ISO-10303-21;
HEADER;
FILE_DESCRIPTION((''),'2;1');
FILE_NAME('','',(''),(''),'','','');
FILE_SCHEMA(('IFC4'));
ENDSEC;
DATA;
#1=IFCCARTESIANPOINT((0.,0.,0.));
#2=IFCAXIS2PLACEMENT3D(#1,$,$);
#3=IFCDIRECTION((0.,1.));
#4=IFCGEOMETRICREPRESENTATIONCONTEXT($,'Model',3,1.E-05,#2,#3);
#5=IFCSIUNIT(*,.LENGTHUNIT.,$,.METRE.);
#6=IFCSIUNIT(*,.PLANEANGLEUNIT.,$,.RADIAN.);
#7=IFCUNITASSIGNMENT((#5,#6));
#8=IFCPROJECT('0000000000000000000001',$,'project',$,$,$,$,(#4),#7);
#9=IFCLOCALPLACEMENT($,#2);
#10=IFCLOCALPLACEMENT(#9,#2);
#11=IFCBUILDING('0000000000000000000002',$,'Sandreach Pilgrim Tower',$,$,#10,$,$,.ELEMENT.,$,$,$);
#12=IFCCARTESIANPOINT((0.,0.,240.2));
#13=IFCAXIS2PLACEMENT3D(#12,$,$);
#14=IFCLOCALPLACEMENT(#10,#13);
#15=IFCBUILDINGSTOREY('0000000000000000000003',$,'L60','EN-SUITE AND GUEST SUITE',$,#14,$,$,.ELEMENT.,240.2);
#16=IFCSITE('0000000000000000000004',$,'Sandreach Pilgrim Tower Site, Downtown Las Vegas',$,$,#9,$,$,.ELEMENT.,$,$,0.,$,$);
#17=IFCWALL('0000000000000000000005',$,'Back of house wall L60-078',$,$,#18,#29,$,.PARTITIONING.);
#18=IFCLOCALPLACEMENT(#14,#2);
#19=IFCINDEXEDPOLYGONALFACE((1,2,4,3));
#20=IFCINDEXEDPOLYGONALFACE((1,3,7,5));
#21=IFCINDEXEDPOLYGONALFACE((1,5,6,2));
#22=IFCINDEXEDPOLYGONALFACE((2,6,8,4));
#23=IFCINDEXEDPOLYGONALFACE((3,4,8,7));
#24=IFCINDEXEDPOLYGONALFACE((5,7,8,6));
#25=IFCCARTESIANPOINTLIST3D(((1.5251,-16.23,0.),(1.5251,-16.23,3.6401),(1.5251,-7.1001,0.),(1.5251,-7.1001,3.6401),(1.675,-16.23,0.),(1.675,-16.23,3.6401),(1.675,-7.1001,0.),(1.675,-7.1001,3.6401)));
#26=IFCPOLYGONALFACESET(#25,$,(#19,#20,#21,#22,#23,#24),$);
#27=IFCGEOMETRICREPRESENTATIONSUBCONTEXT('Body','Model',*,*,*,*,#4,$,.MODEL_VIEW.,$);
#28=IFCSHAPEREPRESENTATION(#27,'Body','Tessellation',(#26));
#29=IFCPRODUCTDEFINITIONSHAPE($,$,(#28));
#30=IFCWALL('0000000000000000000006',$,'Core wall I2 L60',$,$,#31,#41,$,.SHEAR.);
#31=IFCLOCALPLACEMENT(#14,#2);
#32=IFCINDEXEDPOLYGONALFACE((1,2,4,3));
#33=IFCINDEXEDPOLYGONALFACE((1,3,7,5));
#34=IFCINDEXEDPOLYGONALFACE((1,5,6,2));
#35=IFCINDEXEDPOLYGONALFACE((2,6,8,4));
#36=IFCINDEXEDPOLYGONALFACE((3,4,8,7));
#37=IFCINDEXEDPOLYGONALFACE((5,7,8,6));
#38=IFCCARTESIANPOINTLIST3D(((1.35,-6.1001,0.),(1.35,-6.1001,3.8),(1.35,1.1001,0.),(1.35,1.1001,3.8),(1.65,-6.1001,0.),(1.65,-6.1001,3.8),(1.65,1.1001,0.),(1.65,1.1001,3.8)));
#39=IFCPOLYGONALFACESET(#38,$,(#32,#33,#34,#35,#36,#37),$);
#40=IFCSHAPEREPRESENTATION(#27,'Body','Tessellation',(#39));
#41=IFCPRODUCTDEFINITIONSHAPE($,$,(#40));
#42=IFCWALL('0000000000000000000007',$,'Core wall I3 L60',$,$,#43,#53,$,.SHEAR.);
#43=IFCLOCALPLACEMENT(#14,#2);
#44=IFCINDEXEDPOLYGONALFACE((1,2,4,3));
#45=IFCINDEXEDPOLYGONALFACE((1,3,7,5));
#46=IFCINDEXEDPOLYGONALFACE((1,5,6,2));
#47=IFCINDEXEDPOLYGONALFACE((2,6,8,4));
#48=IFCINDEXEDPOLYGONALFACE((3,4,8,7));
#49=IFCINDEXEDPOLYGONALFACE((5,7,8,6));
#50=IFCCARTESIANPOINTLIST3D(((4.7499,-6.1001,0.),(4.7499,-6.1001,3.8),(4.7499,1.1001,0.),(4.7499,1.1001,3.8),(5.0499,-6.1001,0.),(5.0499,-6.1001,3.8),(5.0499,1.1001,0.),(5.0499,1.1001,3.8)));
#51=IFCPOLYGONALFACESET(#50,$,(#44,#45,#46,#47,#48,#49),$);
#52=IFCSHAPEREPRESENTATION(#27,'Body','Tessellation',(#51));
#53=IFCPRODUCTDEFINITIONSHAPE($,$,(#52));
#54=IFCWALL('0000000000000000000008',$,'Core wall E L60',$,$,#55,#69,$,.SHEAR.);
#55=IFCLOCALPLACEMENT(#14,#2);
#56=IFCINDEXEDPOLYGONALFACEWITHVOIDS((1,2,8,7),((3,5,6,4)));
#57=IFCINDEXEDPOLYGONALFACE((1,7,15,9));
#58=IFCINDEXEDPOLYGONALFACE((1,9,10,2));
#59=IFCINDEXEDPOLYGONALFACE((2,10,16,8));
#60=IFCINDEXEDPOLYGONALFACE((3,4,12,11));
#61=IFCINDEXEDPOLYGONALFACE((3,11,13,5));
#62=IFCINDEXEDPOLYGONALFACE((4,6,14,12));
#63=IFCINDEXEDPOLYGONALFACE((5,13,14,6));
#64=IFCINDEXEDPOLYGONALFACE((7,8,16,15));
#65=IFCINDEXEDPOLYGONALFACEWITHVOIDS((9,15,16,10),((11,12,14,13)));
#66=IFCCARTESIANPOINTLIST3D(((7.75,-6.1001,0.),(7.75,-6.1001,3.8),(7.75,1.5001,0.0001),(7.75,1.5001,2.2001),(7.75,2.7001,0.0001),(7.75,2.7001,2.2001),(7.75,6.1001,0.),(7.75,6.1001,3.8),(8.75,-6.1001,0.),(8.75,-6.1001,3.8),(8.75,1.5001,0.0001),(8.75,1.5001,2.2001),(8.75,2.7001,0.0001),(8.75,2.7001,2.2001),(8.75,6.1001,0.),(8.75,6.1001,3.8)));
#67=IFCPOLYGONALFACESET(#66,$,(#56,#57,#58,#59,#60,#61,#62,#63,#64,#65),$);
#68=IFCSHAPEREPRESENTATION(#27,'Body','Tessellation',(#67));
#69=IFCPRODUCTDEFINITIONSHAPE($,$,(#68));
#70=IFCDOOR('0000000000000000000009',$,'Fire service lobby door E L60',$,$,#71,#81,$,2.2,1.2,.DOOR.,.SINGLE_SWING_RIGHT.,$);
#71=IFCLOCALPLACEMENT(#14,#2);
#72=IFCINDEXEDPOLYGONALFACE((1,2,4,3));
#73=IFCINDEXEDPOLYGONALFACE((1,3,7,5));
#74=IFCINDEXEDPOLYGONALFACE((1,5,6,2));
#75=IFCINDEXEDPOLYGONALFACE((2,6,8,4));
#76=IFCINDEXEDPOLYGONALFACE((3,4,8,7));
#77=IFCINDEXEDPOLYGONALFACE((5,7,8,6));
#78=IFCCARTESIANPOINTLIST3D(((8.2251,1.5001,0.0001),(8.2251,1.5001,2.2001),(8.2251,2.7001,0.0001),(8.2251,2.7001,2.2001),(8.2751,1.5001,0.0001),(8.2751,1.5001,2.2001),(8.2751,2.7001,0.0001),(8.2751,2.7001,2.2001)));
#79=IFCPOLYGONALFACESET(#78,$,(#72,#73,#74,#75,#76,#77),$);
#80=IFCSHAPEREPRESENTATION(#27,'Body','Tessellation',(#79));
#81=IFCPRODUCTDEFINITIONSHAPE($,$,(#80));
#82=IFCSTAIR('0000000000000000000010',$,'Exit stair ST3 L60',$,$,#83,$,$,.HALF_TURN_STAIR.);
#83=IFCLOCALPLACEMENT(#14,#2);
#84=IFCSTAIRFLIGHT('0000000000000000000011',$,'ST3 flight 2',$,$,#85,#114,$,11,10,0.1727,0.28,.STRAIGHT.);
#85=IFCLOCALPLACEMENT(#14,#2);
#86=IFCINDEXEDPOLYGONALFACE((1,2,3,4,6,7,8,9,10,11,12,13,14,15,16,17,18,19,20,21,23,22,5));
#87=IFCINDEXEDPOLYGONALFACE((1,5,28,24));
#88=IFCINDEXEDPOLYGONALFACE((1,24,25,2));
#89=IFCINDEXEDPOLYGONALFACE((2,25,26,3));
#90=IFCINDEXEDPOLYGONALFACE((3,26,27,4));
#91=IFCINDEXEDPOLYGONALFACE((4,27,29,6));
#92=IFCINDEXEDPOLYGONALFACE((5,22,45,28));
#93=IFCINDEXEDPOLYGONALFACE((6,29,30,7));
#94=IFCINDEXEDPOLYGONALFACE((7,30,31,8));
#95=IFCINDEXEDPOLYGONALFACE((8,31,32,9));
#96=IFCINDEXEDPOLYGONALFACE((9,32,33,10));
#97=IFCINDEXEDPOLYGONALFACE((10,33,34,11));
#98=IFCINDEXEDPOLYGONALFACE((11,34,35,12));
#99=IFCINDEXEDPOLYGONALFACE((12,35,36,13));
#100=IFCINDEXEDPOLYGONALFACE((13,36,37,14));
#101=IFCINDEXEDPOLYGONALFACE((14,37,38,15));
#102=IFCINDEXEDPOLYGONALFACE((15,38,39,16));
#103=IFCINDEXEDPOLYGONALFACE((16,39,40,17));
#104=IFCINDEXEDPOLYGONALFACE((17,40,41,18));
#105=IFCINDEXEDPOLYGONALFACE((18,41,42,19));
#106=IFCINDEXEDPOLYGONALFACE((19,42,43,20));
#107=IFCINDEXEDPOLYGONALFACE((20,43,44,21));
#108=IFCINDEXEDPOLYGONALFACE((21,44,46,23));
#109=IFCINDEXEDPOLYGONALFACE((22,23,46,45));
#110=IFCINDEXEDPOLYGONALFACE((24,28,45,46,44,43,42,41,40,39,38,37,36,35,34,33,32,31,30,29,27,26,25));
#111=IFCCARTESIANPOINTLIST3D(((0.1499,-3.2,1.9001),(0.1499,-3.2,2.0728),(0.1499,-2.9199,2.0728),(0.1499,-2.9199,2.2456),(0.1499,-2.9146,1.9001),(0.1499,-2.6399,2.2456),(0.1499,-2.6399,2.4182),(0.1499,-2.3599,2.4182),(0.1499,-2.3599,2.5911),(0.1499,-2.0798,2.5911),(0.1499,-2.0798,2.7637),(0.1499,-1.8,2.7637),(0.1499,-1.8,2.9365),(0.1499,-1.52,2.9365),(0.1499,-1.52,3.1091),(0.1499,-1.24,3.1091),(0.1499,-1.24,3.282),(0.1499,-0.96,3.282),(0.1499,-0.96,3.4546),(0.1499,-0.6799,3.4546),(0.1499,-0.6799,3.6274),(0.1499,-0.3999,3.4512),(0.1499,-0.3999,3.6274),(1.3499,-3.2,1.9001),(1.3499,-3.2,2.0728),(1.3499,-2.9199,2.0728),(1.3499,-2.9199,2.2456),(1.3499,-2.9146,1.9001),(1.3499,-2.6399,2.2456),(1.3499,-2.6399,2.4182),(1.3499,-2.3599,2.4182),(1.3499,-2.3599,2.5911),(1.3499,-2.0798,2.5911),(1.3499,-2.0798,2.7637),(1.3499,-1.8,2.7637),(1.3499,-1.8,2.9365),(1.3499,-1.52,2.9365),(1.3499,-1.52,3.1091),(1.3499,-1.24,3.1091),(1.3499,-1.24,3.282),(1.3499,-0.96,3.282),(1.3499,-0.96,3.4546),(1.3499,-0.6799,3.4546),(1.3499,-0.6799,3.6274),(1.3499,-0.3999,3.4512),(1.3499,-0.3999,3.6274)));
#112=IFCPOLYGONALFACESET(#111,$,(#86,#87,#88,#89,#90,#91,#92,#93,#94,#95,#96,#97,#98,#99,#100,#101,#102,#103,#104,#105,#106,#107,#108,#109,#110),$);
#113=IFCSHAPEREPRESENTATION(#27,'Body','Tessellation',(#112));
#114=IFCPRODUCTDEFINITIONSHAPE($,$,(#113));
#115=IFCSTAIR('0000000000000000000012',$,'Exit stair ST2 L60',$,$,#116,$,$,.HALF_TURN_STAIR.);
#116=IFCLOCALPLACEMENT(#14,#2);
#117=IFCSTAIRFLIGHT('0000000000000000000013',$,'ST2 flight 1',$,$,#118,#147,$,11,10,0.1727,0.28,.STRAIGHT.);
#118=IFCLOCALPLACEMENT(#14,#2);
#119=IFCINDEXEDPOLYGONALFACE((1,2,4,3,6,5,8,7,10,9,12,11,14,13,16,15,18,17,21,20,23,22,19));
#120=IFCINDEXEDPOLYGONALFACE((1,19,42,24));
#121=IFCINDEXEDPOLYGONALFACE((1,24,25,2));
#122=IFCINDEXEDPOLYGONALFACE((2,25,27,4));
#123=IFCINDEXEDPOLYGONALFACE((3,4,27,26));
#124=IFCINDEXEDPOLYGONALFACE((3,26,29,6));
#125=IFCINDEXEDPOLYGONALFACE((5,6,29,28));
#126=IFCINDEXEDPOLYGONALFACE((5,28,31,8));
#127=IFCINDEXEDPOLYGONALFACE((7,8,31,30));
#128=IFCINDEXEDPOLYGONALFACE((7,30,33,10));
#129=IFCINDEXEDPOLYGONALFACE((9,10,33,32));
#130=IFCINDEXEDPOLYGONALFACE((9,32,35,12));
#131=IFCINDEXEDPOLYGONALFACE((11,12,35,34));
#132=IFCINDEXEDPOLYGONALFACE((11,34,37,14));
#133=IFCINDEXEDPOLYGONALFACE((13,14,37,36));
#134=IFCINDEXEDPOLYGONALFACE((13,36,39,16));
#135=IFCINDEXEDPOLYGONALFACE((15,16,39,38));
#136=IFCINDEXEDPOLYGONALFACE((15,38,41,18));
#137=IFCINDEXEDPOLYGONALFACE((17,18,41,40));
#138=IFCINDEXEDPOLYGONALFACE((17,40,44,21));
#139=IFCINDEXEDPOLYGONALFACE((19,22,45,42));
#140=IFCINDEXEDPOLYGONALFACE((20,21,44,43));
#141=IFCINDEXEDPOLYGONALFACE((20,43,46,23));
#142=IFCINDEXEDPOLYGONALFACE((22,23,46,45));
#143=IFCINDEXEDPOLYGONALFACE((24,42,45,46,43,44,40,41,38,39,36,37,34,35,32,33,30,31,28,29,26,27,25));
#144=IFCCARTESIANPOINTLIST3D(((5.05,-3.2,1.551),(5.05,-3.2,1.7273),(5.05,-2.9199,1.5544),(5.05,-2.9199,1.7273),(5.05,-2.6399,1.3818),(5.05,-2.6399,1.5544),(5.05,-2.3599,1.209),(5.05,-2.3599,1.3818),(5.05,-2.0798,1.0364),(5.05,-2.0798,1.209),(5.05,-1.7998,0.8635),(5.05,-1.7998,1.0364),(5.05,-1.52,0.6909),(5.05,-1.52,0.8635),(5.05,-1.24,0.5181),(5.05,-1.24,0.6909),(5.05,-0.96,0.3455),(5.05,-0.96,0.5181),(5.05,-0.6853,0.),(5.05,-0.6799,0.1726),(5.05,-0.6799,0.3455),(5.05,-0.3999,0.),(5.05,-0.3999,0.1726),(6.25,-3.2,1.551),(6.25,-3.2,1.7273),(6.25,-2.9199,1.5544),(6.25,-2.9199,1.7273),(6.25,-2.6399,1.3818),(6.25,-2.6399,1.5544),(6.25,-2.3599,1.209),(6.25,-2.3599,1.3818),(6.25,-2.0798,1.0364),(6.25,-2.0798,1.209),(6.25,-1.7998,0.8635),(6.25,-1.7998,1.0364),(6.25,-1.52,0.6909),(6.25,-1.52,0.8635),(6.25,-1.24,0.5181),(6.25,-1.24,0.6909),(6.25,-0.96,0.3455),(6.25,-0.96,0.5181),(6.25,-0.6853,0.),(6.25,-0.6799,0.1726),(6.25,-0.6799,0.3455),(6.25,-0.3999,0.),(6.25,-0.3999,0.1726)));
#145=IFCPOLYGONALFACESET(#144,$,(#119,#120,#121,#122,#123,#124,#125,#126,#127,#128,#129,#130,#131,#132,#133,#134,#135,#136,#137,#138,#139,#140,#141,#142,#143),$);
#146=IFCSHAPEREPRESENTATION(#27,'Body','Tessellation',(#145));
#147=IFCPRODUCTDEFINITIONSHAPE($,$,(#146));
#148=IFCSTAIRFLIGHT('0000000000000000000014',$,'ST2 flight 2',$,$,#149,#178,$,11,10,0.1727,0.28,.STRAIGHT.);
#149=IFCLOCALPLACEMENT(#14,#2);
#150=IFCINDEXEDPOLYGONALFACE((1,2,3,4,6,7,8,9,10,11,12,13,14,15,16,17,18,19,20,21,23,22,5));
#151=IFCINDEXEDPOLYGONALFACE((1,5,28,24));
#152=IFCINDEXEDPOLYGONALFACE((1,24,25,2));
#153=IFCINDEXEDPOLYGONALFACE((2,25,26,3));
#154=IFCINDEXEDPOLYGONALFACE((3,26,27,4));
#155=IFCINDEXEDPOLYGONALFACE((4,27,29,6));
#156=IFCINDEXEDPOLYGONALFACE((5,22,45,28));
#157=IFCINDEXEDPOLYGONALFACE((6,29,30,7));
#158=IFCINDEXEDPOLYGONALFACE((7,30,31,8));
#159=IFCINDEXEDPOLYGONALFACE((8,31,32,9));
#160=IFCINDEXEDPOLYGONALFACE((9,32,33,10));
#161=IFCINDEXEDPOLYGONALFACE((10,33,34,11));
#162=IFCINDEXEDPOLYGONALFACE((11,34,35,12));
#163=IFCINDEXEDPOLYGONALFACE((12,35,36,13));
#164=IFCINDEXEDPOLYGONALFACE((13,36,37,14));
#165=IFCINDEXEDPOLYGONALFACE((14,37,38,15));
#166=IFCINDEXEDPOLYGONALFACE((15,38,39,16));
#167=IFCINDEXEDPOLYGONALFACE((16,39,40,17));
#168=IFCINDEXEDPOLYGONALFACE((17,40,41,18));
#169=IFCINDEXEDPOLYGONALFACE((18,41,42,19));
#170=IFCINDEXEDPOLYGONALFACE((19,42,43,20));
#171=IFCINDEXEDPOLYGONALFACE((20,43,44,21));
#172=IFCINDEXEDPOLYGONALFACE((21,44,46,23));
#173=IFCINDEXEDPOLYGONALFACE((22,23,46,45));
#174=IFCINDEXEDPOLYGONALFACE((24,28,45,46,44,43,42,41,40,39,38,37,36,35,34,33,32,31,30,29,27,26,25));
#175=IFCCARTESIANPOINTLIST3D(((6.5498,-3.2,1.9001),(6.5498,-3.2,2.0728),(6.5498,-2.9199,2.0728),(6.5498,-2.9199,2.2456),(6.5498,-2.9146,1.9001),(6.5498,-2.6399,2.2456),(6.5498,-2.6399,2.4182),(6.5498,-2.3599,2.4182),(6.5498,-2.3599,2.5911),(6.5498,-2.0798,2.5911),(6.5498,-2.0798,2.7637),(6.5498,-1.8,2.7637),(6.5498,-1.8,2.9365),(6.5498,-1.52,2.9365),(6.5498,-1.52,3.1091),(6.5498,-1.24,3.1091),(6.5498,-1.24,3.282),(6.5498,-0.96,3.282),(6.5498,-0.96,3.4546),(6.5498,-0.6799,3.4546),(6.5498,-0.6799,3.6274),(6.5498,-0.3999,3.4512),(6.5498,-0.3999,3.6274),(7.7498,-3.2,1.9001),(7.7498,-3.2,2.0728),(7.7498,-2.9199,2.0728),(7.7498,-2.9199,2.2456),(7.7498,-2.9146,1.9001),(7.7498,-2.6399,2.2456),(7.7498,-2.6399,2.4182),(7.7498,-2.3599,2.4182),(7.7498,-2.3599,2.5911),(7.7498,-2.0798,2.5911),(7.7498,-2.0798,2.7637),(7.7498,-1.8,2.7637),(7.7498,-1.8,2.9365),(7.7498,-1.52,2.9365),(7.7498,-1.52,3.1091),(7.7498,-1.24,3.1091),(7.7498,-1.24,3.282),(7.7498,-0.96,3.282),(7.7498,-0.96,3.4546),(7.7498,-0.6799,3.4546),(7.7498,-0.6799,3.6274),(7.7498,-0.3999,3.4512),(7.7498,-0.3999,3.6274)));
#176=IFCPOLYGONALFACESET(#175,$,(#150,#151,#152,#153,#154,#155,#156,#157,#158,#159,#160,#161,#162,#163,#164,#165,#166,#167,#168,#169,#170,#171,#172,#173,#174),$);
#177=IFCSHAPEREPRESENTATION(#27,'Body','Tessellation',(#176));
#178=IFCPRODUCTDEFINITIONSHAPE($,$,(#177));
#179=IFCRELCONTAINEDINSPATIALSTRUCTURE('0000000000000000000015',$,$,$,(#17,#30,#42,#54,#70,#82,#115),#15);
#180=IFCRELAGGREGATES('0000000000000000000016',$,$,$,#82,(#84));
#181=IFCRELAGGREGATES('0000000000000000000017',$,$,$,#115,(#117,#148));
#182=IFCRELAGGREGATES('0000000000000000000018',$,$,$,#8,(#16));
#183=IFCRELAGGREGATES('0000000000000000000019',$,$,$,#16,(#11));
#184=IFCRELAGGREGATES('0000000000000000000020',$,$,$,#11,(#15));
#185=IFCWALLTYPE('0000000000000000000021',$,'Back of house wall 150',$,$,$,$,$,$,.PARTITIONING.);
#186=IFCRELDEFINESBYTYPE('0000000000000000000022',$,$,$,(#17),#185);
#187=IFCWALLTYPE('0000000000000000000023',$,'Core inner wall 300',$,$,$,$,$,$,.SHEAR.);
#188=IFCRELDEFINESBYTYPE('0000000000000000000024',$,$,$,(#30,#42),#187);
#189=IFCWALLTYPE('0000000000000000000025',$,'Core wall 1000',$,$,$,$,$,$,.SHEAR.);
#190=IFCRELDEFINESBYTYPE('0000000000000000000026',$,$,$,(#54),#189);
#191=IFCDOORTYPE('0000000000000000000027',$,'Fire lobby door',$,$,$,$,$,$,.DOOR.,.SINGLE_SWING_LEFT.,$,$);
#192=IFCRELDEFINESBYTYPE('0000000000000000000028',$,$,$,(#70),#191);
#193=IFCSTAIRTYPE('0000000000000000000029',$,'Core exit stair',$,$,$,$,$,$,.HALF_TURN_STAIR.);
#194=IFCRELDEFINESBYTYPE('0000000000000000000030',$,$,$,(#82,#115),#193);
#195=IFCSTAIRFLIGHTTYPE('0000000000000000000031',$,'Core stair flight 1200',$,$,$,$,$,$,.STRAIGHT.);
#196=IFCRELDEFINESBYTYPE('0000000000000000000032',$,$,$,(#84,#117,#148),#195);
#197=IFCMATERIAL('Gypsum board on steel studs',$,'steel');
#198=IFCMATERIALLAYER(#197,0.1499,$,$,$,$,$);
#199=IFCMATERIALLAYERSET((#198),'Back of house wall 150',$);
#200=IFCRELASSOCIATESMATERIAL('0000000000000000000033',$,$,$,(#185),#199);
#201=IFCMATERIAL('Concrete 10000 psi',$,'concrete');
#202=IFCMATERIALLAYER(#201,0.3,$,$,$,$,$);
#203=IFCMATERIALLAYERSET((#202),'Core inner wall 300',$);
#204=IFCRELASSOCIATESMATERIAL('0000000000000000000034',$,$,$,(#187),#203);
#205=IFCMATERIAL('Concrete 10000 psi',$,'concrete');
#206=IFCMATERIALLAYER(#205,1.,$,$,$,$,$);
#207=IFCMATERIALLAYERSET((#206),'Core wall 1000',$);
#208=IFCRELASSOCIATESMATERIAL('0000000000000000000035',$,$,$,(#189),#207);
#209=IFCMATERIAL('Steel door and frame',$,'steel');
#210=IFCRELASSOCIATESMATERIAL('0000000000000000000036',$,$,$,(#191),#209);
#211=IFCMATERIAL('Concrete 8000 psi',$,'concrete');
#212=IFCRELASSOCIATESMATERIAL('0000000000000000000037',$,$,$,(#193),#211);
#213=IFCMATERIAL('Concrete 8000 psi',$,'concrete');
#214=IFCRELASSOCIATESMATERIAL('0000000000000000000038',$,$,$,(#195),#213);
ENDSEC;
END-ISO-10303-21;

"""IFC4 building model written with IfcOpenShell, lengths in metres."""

from ifc_helpers import new_model, si_unit, direction, frame, frame_2d, origin, place, context, subcontext, project, spatial, polyline, rectangle, outline, extrude, material, layer, layer_set, type_object, element, fill, aggregate, save


model = new_model("IFC4")

# Units and contexts
model_context = context("Model", 3, precision=1e-05, world=origin(), true_north=direction((0.0, 1.0)))
body_context = subcontext(model_context, "Body", "Model", "MODEL_VIEW")
ifc_project = project(units=[si_unit("LENGTHUNIT", "METRE"), si_unit("PLANEANGLEUNIT", "RADIAN")], contexts=[model_context])

# Site, building, storey
site_placement = place(None, origin())
site = spatial("IfcSite", under=ifc_project, at=site_placement, Name="Sandreach Pilgrim Tower Site, Downtown Las Vegas", CompositionType="ELEMENT", RefElevation=0.0)
building_placement = place(site_placement, origin())
building = spatial("IfcBuilding", under=site, at=building_placement, Name="Sandreach Pilgrim Tower", CompositionType="ELEMENT")
storey_placement = place(building_placement, frame((0.0, 0.0, 240.2)))
storey = spatial("IfcBuildingStorey", under=building, at=storey_placement, Name="L60", Description="EN-SUITE AND GUEST SUITE", CompositionType="ELEMENT", Elevation=240.2)

# Walls
ifc_material_1 = material(Name="Gypsum board on steel studs", Category="steel")
ifc_layer_1 = layer(ifc_material_1, 0.1499)
ifc_layer_set_1 = layer_set([ifc_layer_1], Name="Back of house wall 150")
wall_type_1 = type_object("IfcWallType", Name="Back of house wall 150", PredefinedType="PARTITIONING", material=ifc_layer_set_1)
wall_1_placement = place(storey_placement, frame((1.6001, -7.1001, 0.0), z_axis=(0.0, 0.0, 1.0), x_axis=(0.0, -1.0, 0.0)))
element("IfcWall", 1, at=wall_1_placement, inside=storey, type_object=wall_type_1, Name="Back of house wall L60-078", PredefinedType="PARTITIONING", context=body_context, shape_type="SweptSolid", body=[
    extrude(rectangle(XDim=9.1299, YDim=0.1499, at=frame_2d((4.5649, 0.0))), origin(), (0.0, 0.0, 1.0), 3.6401),
])
ifc_material_2 = material(Name="Concrete 10000 psi", Category="concrete")
ifc_layer_2 = layer(ifc_material_2, 0.3)
ifc_layer_set_2 = layer_set([ifc_layer_2], Name="Core inner wall 300")
wall_type_2 = type_object("IfcWallType", Name="Core inner wall 300", PredefinedType="SHEAR", material=ifc_layer_set_2)
for number, where, z_axis, x_axis, name in (
    (2, (1.5, -6.1001, 0.0), (0.0, 0.0, 1.0), (0.0, 1.0, 0.0), "Core wall I2 L60"),
    (3, (4.8999, -6.1001, 0.0), (0.0, 0.0, 1.0), (0.0, 1.0, 0.0), "Core wall I3 L60"),
):
    element("IfcWall", number, at=place(storey_placement, frame(where, z_axis=z_axis, x_axis=x_axis)), inside=storey, type_object=wall_type_2, Name=name, PredefinedType="SHEAR", context=body_context, shape_type="SweptSolid", body=[
        extrude(rectangle(XDim=7.2002, YDim=0.3, at=frame_2d((3.6001, 0.0))), origin(), (0.0, 0.0, 1.0), 3.8),
    ])

# Wall, opening, door
ifc_material_3 = material(Name="Concrete 10000 psi", Category="concrete")
ifc_layer_3 = layer(ifc_material_3, 1.0)
ifc_layer_set_3 = layer_set([ifc_layer_3], Name="Core wall 1000")
wall_type_3 = type_object("IfcWallType", Name="Core wall 1000", PredefinedType="SHEAR", material=ifc_layer_set_3)
wall_2_placement = place(storey_placement, frame((8.25, -6.1001, 0.0), z_axis=(0.0, 0.0, 1.0), x_axis=(0.0, 1.0, 0.0)))
wall_2 = element("IfcWall", 4, at=wall_2_placement, inside=storey, type_object=wall_type_3, Name="Core wall E L60", PredefinedType="SHEAR", context=body_context, shape_type="SweptSolid", body=[
    extrude(rectangle(XDim=12.2002, YDim=1.0, at=frame_2d((6.1001, 0.0))), origin(), (0.0, 0.0, 1.0), 3.8),
])
opening_1_placement = place(wall_2_placement, frame((7.6001, 0.0, 0.0)))
opening_1 = element("IfcOpeningElement", 5, at=opening_1_placement, cuts=wall_2, PredefinedType="OPENING", context=body_context, shape_type="SweptSolid", body=[
    extrude(rectangle(XDim=1.2, YDim=2.2, at=frame_2d((0.6001, 1.1001))), frame((0.0, 0.5, 0.0), z_axis=(0.0, -1.0, 0.0), x_axis=(1.0, 0.0, 0.0)), (0.0, 0.0, 1.0), 1.0),
])
ifc_material_4 = material(Name="Steel door and frame", Category="steel")
door_type_1 = type_object("IfcDoorType", Name="Fire lobby door", OperationType="SINGLE_SWING_LEFT", PredefinedType="DOOR", material=ifc_material_4)
door_1_placement = place(opening_1_placement, origin())
door_1 = element("IfcDoor", 6, at=door_1_placement, inside=storey, type_object=door_type_1, Name="Fire service lobby door E L60", OperationType="SINGLE_SWING_RIGHT", OverallHeight=2.2, OverallWidth=1.2, PredefinedType="DOOR", context=body_context, shape_type="SweptSolid", body=[
    extrude(rectangle(XDim=1.2, YDim=2.2, at=frame_2d((0.6001, 1.1001))), frame((0.0, 0.0249, 0.0), z_axis=(0.0, -1.0, 0.0), x_axis=(1.0, 0.0, 0.0)), (0.0, 0.0, 1.0), 0.05),
])
fill(opening_1, door_1)

# Stair, stair flight
ifc_material_5 = material(Name="Concrete 8000 psi", Category="concrete")
stair_type = type_object("IfcStairType", Name="Core exit stair", PredefinedType="HALF_TURN_STAIR", material=ifc_material_5)
stair_1_placement = place(storey_placement, origin())
stair_1 = element("IfcStair", 7, at=stair_1_placement, inside=storey, type_object=stair_type, Name="Exit stair ST3 L60", PredefinedType="HALF_TURN_STAIR")
ifc_material_6 = material(Name="Concrete 8000 psi", Category="concrete")
stair_flight_type = type_object("IfcStairFlightType", Name="Core stair flight 1200", PredefinedType="STRAIGHT", material=ifc_material_6)
stair_flight_1_placement = place(storey_placement, frame((0.75, -3.2, 1.9001), z_axis=(0.0, 0.0, 1.0), x_axis=(0.0, 1.0, 0.0)))
stair_flight_1 = element("IfcStairFlight", 8, at=stair_flight_1_placement, type_object=stair_flight_type, Name="ST3 flight 2", NumberOfRisers=11, NumberOfTreads=10, PredefinedType="STRAIGHT", RiserHeight=0.1727, TreadLength=0.28, context=body_context, shape_type="SweptSolid", body=[
    extrude(outline(polyline([(0.0, 0.0), (0.0, 0.1726), (0.28, 0.1726), (0.28, 0.3455), (0.5601, 0.3455), (0.5601, 0.5181), (0.8401, 0.5181), (0.8401, 0.6909), (1.1201, 0.6909), (1.1201, 0.8635), (1.3999, 0.8635), (1.3999, 1.0364), (1.6799, 1.0364), (1.6799, 1.209), (1.96, 1.209), (1.96, 1.3818), (2.24, 1.3818), (2.24, 1.5544), (2.52, 1.5544), (2.52, 1.7273), (2.8, 1.7273), (2.8, 1.8999), (2.8, 1.551), (0.2854, 0.0), (0.0, 0.0)])), frame((0.0, 0.6001, 0.0), z_axis=(0.0, -1.0, 0.0), x_axis=(1.0, 0.0, 0.0)), (0.0, 0.0, 1.0), 1.2),
])
aggregate(stair_1, [stair_flight_1])

# Stair, stair flights
stair_2_placement = place(storey_placement, origin())
stair_2 = element("IfcStair", 9, at=stair_2_placement, inside=storey, type_object=stair_type, Name="Exit stair ST2 L60", PredefinedType="HALF_TURN_STAIR")
stair_flight_2_placement = place(storey_placement, frame((5.6499, -0.3999, 0.0), z_axis=(0.0, 0.0, 1.0), x_axis=(0.0, -1.0, 0.0)))
stair_flight_2 = element("IfcStairFlight", 10, at=stair_flight_2_placement, type_object=stair_flight_type, Name="ST2 flight 1", NumberOfRisers=11, NumberOfTreads=10, PredefinedType="STRAIGHT", RiserHeight=0.1727, TreadLength=0.28, context=body_context, shape_type="SweptSolid", body=[
    extrude(outline(polyline([(0.0, 0.0), (0.0, 0.1726), (0.28, 0.1726), (0.28, 0.3455), (0.5601, 0.3455), (0.5601, 0.5181), (0.8401, 0.5181), (0.8401, 0.6909), (1.1201, 0.6909), (1.1201, 0.8635), (1.3999, 0.8635), (1.3999, 1.0364), (1.6799, 1.0364), (1.6799, 1.209), (1.96, 1.209), (1.96, 1.3818), (2.24, 1.3818), (2.24, 1.5544), (2.52, 1.5544), (2.52, 1.7273), (2.8, 1.7273), (2.8, 1.8999), (2.8, 1.551), (0.2854, 0.0), (0.0, 0.0)])), frame((0.0, 0.6001, 0.0), z_axis=(0.0, -1.0, 0.0), x_axis=(1.0, 0.0, 0.0)), (0.0, 0.0, 1.0), 1.2),
])
stair_flight_3_placement = place(storey_placement, frame((7.1499, -3.2, 1.9001), z_axis=(0.0, 0.0, 1.0), x_axis=(0.0, 1.0, 0.0)))
stair_flight_3 = element("IfcStairFlight", 11, at=stair_flight_3_placement, type_object=stair_flight_type, Name="ST2 flight 2", NumberOfRisers=11, NumberOfTreads=10, PredefinedType="STRAIGHT", RiserHeight=0.1727, TreadLength=0.28, context=body_context, shape_type="SweptSolid", body=[
    extrude(outline(polyline([(0.0, 0.0), (0.0, 0.1726), (0.28, 0.1726), (0.28, 0.3455), (0.5601, 0.3455), (0.5601, 0.5181), (0.8401, 0.5181), (0.8401, 0.6909), (1.1201, 0.6909), (1.1201, 0.8635), (1.3999, 0.8635), (1.3999, 1.0364), (1.6799, 1.0364), (1.6799, 1.209), (1.96, 1.209), (1.96, 1.3818), (2.24, 1.3818), (2.24, 1.5544), (2.52, 1.5544), (2.52, 1.7273), (2.8, 1.7273), (2.8, 1.8999), (2.8, 1.551), (0.2854, 0.0), (0.0, 0.0)])), frame((0.0, 0.6001, 0.0), z_axis=(0.0, -1.0, 0.0), x_axis=(1.0, 0.0, 0.0)), (0.0, 0.0, 1.0), 1.2),
])
aggregate(stair_2, [stair_flight_2, stair_flight_3])

save(model, "model.ifc")
